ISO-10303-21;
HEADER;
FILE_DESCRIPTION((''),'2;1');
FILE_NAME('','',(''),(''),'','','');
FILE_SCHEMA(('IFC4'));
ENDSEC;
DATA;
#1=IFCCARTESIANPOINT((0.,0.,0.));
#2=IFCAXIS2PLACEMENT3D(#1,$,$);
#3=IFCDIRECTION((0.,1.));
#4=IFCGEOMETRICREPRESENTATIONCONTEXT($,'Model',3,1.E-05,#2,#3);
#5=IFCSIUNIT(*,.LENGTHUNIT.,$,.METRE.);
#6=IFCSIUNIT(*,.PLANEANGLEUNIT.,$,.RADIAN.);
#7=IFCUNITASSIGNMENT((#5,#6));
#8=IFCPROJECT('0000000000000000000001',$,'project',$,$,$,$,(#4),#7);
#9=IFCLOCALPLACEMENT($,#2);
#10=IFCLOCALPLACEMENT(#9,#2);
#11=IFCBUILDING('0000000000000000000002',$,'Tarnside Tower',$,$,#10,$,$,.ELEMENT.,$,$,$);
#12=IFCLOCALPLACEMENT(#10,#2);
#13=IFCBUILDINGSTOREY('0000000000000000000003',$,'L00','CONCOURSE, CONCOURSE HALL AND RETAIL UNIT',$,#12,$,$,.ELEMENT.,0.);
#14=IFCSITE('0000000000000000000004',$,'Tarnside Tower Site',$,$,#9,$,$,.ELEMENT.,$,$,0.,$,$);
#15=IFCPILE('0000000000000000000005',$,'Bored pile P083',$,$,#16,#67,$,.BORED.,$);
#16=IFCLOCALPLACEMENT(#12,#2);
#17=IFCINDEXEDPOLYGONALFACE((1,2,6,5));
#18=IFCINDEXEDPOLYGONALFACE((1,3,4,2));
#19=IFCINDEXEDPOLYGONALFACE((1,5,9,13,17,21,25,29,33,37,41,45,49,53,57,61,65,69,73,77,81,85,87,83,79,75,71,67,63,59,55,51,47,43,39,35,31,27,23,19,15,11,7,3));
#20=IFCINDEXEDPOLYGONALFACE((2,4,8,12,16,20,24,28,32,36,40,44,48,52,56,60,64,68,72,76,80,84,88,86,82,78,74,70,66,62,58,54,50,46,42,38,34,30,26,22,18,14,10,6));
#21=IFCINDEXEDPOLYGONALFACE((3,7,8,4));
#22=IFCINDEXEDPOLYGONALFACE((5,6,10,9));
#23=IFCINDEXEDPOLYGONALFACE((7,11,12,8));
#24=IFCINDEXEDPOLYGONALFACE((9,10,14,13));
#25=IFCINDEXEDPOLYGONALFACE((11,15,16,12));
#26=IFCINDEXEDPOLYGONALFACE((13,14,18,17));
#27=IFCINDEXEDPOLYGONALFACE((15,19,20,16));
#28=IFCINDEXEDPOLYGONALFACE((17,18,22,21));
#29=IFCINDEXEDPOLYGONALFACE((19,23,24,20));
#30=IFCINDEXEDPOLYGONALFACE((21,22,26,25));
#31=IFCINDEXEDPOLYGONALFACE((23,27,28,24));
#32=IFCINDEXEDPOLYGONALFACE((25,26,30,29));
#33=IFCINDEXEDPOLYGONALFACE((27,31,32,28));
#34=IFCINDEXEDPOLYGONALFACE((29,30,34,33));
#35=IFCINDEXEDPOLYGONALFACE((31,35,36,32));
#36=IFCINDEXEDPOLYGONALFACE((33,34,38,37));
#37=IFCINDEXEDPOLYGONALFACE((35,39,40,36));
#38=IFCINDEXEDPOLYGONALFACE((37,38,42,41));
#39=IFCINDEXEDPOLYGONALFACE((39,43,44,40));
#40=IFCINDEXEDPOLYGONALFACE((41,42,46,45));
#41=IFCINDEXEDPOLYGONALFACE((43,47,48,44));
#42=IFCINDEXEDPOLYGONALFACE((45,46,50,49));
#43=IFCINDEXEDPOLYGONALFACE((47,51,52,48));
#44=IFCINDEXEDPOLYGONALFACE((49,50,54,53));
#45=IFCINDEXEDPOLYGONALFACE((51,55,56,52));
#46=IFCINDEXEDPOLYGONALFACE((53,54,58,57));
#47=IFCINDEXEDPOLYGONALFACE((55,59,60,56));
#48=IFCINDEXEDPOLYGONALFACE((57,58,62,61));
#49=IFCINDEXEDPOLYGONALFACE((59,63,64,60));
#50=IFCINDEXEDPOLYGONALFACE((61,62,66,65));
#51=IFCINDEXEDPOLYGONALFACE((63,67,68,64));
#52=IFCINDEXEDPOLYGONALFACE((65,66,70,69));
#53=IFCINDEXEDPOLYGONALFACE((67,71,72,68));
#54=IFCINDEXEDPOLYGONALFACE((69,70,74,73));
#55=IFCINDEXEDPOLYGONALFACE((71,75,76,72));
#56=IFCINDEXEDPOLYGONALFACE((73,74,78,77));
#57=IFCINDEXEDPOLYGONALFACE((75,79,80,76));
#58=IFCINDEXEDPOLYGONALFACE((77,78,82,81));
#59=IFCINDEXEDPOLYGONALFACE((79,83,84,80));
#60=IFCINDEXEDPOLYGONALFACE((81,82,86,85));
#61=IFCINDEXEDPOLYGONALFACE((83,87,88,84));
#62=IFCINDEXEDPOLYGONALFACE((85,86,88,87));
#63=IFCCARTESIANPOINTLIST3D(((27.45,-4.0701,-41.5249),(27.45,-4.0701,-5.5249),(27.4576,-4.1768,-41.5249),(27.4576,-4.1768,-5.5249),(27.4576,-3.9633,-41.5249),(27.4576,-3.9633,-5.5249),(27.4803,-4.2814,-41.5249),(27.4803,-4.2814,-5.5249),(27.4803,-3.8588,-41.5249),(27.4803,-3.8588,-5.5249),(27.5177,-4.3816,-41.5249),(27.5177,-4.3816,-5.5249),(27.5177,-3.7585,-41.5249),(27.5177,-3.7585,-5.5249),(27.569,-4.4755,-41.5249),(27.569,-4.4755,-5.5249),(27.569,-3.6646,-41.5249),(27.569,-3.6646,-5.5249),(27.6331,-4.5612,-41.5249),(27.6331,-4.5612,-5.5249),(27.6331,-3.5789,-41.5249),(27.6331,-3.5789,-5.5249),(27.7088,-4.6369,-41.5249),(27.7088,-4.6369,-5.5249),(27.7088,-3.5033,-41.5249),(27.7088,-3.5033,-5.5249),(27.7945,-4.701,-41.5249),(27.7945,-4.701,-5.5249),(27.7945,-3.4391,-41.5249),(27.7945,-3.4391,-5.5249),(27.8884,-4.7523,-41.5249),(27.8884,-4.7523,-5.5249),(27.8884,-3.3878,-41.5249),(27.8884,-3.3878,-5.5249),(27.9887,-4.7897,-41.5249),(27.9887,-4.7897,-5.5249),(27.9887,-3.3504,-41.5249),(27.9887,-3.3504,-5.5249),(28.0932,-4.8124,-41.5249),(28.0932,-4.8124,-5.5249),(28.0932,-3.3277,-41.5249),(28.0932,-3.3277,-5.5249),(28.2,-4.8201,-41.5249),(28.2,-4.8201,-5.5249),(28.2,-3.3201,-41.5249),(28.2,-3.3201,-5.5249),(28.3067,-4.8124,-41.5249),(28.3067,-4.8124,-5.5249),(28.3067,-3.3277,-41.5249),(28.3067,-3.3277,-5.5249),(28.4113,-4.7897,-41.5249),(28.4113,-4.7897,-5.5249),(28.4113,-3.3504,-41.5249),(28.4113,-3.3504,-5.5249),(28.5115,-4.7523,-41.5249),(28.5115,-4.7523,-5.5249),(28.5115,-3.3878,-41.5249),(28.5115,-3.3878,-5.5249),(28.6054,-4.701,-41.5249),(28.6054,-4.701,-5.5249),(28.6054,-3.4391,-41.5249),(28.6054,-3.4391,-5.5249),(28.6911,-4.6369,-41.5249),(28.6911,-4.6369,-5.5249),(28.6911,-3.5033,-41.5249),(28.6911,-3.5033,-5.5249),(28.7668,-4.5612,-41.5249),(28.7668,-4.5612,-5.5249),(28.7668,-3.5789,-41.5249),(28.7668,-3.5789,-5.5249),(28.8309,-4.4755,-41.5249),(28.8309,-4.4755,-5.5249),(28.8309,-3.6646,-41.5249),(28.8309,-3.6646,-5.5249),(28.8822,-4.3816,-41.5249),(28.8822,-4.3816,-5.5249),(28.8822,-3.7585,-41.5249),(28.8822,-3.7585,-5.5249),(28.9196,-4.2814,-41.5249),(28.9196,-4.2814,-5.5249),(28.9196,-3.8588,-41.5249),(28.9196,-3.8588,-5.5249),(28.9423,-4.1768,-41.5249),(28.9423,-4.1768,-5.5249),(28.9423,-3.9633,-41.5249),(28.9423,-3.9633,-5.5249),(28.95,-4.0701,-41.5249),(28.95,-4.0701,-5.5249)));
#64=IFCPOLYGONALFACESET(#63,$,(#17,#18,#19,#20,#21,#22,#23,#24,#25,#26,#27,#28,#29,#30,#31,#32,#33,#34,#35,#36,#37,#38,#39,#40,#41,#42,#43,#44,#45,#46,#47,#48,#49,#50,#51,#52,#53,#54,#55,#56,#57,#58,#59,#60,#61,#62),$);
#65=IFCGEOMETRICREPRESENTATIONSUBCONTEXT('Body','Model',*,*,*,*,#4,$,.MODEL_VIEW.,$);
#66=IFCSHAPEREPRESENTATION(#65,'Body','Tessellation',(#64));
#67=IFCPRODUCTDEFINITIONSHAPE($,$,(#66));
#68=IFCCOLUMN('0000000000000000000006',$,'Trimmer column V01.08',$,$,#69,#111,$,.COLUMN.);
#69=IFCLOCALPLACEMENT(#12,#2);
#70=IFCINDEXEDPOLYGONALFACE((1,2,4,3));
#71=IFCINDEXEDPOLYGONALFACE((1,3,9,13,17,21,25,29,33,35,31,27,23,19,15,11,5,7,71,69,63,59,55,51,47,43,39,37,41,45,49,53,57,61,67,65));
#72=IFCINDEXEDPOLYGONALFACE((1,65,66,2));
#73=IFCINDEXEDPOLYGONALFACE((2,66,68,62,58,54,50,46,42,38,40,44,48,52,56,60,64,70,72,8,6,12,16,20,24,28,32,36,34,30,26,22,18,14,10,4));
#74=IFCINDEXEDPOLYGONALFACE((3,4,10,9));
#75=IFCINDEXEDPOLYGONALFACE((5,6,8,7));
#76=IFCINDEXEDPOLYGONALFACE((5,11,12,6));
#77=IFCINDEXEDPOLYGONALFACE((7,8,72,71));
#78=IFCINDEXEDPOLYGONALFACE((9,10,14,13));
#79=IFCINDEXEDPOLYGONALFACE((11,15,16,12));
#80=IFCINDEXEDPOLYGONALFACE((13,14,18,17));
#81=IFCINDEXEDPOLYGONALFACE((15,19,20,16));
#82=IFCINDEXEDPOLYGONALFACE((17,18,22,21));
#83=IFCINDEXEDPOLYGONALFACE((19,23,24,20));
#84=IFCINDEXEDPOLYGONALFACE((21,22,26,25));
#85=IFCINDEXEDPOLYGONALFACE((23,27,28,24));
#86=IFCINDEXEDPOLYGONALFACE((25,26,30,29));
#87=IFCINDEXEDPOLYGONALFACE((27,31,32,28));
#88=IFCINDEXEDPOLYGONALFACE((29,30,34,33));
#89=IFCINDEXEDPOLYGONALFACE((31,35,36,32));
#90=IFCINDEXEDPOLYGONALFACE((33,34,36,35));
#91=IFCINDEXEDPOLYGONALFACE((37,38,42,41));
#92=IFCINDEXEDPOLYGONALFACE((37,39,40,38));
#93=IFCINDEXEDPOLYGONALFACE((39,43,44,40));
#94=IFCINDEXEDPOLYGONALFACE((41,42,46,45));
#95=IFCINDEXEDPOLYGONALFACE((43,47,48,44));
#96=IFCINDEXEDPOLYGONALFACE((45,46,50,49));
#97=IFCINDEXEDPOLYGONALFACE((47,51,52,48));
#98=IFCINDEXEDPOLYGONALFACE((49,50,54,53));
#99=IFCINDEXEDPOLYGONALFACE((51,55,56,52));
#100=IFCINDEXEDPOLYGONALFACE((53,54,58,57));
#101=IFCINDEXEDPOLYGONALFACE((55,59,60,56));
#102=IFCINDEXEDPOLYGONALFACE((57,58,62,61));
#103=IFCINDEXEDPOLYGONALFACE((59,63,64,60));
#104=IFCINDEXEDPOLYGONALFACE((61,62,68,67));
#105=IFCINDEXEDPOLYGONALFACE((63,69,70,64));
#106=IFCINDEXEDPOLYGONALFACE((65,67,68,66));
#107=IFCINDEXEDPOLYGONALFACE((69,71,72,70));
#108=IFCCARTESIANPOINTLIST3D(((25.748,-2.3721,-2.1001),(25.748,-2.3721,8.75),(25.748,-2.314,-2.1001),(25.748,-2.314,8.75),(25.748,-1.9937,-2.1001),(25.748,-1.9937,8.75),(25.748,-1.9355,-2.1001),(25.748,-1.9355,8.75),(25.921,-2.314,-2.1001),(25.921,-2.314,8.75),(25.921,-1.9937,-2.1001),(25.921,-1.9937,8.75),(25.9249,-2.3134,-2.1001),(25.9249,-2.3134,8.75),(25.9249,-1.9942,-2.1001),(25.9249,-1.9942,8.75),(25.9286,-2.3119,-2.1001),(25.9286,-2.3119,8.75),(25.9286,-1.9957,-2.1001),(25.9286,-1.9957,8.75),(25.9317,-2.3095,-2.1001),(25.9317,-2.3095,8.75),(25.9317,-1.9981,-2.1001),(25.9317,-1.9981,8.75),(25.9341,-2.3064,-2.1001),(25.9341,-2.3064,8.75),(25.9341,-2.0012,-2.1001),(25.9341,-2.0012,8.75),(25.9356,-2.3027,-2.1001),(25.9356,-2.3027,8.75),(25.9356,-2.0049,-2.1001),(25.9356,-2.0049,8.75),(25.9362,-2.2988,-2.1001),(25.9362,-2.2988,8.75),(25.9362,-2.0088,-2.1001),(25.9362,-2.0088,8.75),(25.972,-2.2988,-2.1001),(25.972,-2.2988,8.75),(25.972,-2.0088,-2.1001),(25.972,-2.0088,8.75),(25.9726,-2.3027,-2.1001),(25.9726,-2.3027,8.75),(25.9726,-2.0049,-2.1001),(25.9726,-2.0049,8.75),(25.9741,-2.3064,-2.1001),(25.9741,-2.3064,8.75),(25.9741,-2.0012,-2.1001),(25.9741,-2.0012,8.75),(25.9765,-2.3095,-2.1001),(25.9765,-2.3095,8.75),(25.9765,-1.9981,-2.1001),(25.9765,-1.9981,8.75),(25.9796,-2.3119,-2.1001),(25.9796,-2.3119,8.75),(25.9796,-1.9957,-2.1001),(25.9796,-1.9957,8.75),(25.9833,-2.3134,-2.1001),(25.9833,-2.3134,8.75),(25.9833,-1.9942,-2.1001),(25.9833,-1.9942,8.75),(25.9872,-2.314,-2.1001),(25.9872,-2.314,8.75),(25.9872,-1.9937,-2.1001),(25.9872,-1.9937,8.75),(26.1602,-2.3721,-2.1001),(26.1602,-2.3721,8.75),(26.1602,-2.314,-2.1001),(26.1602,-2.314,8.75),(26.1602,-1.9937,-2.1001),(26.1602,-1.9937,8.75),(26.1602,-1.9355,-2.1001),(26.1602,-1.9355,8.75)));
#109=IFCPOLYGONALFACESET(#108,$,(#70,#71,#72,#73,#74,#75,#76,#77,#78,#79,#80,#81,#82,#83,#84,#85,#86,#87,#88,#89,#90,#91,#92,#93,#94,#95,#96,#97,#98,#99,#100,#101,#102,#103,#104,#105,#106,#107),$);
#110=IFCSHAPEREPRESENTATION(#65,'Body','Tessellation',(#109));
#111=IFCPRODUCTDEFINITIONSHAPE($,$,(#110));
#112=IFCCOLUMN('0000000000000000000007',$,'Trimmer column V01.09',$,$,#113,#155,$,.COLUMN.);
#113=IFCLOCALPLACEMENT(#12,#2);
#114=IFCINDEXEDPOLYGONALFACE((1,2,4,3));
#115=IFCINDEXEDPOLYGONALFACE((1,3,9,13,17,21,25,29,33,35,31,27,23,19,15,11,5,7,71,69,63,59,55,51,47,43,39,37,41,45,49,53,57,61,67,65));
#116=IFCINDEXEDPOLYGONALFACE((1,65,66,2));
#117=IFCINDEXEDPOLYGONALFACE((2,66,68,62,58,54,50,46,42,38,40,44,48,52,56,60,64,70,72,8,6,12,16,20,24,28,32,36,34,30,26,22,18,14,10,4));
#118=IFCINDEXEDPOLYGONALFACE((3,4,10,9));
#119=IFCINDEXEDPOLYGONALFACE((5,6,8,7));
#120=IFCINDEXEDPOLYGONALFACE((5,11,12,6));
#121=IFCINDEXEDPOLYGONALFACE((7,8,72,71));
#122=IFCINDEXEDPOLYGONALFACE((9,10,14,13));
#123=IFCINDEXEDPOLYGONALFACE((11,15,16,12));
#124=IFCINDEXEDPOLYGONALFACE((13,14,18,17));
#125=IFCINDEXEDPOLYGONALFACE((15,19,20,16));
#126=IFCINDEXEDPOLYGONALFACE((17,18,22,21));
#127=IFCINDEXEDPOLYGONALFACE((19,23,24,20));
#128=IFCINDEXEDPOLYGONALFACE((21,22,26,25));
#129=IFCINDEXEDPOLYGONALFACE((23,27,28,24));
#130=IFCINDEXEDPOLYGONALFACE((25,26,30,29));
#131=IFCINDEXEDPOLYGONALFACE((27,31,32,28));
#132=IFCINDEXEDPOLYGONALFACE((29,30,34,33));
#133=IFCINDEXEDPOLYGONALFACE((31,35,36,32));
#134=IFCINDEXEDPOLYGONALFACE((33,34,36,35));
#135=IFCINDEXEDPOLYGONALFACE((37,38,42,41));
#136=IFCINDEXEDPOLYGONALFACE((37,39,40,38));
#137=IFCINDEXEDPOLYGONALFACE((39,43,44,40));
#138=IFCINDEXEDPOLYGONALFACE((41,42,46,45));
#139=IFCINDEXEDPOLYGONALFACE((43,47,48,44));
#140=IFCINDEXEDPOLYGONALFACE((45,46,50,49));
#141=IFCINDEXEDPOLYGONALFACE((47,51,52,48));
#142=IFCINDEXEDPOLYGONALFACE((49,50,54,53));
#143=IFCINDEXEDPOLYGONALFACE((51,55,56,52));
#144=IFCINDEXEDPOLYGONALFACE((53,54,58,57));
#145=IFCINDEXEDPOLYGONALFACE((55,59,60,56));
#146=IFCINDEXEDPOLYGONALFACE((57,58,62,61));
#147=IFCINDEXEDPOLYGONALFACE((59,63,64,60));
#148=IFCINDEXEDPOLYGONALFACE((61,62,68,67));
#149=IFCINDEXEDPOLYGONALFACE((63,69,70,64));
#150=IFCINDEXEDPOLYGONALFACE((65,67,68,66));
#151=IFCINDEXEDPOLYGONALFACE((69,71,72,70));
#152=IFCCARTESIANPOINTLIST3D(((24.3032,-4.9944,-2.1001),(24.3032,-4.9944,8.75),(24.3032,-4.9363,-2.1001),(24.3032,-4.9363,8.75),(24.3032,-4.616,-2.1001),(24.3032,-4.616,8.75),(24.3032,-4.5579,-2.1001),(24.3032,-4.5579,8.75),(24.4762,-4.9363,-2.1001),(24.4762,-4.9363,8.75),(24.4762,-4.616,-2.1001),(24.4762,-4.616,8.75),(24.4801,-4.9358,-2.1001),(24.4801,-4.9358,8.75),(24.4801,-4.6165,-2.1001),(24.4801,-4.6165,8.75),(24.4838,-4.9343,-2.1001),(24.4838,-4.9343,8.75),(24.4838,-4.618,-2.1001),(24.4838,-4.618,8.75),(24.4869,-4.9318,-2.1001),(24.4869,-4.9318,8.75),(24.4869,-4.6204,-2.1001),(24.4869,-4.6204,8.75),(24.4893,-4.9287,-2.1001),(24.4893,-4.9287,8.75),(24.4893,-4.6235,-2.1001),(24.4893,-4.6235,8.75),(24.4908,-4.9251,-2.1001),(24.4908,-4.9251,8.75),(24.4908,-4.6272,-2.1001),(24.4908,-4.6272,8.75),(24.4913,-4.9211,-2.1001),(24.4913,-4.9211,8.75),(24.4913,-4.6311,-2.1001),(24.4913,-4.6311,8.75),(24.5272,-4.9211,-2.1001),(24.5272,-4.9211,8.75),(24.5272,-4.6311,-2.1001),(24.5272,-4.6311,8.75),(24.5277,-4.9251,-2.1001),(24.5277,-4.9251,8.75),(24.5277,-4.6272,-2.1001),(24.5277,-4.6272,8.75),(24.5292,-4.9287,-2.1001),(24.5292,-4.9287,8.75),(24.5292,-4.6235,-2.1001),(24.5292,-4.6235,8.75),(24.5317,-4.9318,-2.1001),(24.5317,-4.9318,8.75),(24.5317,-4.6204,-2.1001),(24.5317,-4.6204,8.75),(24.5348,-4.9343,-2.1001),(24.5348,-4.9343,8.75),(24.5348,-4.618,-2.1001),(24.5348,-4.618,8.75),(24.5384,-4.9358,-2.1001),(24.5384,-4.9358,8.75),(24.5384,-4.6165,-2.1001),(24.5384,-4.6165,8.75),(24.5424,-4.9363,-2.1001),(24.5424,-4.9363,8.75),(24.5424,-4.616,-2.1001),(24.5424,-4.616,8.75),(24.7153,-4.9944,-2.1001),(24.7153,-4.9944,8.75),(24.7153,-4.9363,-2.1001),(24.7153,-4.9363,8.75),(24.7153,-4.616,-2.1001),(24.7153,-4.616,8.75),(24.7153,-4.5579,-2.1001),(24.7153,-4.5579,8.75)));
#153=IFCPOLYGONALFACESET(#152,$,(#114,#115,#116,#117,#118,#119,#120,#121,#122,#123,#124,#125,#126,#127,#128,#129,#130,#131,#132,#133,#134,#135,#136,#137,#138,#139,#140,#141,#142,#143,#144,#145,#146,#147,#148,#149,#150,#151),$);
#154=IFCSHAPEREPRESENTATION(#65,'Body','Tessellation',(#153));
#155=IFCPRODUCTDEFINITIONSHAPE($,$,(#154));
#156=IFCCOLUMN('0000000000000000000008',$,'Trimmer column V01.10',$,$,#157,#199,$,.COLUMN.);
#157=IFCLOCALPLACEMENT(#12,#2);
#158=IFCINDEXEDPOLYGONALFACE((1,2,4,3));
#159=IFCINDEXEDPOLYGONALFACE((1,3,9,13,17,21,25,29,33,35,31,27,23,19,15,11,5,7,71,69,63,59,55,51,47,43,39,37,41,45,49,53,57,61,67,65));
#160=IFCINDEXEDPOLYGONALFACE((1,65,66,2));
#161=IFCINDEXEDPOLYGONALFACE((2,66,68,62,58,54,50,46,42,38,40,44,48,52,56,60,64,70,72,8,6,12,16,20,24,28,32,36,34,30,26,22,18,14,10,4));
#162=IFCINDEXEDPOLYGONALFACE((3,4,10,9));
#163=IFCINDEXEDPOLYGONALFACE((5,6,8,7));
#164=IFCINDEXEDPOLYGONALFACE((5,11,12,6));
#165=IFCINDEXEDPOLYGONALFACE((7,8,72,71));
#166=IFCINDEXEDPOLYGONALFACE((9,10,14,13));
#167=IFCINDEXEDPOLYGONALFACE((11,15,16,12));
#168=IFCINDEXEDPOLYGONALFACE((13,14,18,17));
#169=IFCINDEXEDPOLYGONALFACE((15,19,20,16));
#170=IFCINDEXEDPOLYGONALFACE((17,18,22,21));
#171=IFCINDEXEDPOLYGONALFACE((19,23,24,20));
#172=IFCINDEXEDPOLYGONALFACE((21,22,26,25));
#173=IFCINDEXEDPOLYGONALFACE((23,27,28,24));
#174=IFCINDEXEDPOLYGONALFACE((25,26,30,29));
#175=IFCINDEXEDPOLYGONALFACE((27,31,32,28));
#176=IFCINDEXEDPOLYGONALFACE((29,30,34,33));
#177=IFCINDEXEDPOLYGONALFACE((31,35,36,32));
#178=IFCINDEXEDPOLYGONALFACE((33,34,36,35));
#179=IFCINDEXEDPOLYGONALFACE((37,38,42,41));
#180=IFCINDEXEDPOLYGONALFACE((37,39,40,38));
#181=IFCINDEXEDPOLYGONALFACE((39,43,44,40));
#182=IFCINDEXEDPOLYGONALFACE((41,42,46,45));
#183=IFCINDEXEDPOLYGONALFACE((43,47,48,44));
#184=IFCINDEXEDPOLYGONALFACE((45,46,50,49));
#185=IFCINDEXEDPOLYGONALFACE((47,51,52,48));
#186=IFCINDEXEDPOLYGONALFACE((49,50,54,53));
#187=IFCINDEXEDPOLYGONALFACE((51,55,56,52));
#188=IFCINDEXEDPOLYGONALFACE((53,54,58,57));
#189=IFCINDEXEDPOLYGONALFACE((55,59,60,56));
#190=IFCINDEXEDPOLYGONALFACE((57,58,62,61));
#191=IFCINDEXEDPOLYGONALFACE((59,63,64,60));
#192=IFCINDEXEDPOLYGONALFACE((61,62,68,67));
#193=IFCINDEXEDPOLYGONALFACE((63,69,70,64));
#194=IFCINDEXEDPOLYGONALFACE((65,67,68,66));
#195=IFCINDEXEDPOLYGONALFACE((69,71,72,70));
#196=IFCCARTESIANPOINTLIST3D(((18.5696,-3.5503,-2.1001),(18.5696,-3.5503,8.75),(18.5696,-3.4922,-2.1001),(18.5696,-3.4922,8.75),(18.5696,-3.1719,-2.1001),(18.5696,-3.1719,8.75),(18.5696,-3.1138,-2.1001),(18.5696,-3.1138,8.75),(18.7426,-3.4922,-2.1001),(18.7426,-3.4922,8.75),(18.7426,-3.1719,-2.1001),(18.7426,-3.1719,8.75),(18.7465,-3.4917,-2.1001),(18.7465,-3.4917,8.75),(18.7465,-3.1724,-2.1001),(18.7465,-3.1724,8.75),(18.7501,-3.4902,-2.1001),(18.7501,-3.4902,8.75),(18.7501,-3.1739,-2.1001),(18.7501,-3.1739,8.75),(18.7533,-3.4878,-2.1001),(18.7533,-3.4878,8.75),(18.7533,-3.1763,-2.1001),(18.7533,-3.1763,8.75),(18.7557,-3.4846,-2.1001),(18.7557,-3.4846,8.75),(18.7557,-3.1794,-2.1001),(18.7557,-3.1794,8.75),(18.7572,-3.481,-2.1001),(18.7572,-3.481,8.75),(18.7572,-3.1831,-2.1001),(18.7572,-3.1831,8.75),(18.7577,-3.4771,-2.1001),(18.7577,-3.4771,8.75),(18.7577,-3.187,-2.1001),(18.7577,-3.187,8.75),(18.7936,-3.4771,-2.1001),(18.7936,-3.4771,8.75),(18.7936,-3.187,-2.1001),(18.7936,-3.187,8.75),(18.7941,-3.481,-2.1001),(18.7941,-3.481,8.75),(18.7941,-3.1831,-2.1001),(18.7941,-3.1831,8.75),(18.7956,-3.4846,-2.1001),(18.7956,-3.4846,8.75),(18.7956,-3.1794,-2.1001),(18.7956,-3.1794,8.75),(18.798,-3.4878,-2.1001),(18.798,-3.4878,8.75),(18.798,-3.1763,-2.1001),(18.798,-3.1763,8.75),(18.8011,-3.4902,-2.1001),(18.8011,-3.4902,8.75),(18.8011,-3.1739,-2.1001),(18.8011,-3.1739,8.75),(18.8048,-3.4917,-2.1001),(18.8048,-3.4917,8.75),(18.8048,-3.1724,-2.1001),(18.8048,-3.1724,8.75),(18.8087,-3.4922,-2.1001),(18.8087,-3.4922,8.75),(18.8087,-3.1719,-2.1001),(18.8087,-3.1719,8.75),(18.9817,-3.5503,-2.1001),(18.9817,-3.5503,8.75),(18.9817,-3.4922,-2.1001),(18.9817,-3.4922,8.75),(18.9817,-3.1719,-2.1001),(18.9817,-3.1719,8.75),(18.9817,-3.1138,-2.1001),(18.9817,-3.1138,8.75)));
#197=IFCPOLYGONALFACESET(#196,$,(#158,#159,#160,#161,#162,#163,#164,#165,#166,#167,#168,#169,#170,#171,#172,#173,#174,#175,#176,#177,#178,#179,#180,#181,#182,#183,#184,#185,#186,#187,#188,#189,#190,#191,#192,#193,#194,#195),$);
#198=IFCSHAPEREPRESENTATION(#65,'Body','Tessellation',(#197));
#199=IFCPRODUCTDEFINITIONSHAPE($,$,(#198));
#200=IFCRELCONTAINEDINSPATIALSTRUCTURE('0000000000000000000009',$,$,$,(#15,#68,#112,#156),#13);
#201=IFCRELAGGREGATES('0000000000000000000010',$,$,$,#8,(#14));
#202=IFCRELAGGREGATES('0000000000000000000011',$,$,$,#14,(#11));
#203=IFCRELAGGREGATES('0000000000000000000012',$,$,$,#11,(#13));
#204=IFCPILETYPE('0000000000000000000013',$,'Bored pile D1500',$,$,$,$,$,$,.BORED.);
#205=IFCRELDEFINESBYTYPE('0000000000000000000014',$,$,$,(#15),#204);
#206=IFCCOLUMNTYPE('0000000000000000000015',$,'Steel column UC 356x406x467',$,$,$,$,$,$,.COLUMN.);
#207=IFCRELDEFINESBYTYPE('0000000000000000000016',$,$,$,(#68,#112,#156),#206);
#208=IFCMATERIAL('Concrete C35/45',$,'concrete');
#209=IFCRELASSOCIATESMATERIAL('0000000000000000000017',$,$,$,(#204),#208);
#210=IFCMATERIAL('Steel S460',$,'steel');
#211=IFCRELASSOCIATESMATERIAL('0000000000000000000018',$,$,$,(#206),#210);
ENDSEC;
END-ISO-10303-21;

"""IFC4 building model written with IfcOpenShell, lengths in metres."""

from ifc_helpers import new_model, si_unit, direction, frame, origin, origin_2d, place, context, subcontext, project, spatial, circle, i_section, extrude, material, material_profile, profile_set, type_object, element, save


model = new_model("IFC4")

# Units and contexts
model_context = context("Model", 3, precision=1e-05, world=origin(), true_north=direction((0.0, 1.0)))
body_context = subcontext(model_context, "Body", "Model", "MODEL_VIEW")
ifc_project = project(units=[si_unit("LENGTHUNIT", "METRE"), si_unit("PLANEANGLEUNIT", "RADIAN")], contexts=[model_context])

# Site, building, storey
site_placement = place(None, origin())
site = spatial("IfcSite", under=ifc_project, at=site_placement, Name="Tarnside Tower Site", CompositionType="ELEMENT", RefElevation=0.0)
building_placement = place(site_placement, origin())
building = spatial("IfcBuilding", under=site, at=building_placement, Name="Tarnside Tower", CompositionType="ELEMENT")
storey_placement = place(building_placement, origin())
storey = spatial("IfcBuildingStorey", under=building, at=storey_placement, Name="L00", Description="CONCOURSE, CONCOURSE HALL AND RETAIL UNIT", CompositionType="ELEMENT", Elevation=0.0)

# Pile
ifc_material_1 = material(Name="Concrete C35/45", Category="concrete")
ifc_material_profile_1 = material_profile(ifc_material_1, circle(Radius=0.75, at=origin_2d()), Name="Bored pile D1500")
ifc_profile_set_1 = profile_set([ifc_material_profile_1], Name="Concrete C35/45")
pile_type = type_object("IfcPileType", Name="Bored pile D1500", PredefinedType="BORED", material=ifc_profile_set_1)
for number, where, z_axis, x_axis, name in (
    (1, (28.2, -4.0701, -5.5249), (0.0, 0.0, -1.0), (1.0, 0.0, 0.0), "Bored pile P083"),
):
    element("IfcPile", number, at=place(storey_placement, frame(where, z_axis=z_axis, x_axis=x_axis)), inside=storey, type_object=pile_type, Name=name, PredefinedType="BORED", context=body_context, shape_type="SweptSolid", body=[
        extrude(circle(Radius=0.75, at=origin_2d()), origin(), (0.0, 0.0, 1.0), 36.0),
    ])

# Columns
ifc_material_2 = material(Name="Steel S460", Category="steel")
ifc_material_profile_2 = material_profile(ifc_material_2, i_section(OverallWidth=0.4121, OverallDepth=0.4365, WebThickness=0.0359, FlangeThickness=0.0581, FilletRadius=0.0151, at=origin_2d()), Name="UC 356x406x467")
ifc_profile_set_2 = profile_set([ifc_material_profile_2], Name="Steel S460")
column_type = type_object("IfcColumnType", Name="Steel column UC 356x406x467", PredefinedType="COLUMN", material=ifc_profile_set_2)
for number, where, z_axis, x_axis, name in (
    (2, (25.9541, -2.1538, -2.1001), (0.0, 0.0, 1.0), (1.0, 0.0, 0.0), "Trimmer column V01.08"),
    (3, (24.5093, -4.7761, -2.1001), (0.0, 0.0, 1.0), (1.0, 0.0, 0.0), "Trimmer column V01.09"),
    (4, (18.7756, -3.332, -2.1001), (0.0, 0.0, 1.0), (1.0, 0.0, 0.0), "Trimmer column V01.10"),
):
    element("IfcColumn", number, at=place(storey_placement, frame(where, z_axis=z_axis, x_axis=x_axis)), inside=storey, type_object=column_type, Name=name, PredefinedType="COLUMN", context=body_context, shape_type="SweptSolid", body=[
        extrude(i_section(OverallWidth=0.4121, OverallDepth=0.4365, WebThickness=0.0359, FlangeThickness=0.0581, FilletRadius=0.0151, at=origin_2d()), origin(), (0.0, 0.0, 1.0), 10.8501),
    ])

save(model, "model.ifc")
